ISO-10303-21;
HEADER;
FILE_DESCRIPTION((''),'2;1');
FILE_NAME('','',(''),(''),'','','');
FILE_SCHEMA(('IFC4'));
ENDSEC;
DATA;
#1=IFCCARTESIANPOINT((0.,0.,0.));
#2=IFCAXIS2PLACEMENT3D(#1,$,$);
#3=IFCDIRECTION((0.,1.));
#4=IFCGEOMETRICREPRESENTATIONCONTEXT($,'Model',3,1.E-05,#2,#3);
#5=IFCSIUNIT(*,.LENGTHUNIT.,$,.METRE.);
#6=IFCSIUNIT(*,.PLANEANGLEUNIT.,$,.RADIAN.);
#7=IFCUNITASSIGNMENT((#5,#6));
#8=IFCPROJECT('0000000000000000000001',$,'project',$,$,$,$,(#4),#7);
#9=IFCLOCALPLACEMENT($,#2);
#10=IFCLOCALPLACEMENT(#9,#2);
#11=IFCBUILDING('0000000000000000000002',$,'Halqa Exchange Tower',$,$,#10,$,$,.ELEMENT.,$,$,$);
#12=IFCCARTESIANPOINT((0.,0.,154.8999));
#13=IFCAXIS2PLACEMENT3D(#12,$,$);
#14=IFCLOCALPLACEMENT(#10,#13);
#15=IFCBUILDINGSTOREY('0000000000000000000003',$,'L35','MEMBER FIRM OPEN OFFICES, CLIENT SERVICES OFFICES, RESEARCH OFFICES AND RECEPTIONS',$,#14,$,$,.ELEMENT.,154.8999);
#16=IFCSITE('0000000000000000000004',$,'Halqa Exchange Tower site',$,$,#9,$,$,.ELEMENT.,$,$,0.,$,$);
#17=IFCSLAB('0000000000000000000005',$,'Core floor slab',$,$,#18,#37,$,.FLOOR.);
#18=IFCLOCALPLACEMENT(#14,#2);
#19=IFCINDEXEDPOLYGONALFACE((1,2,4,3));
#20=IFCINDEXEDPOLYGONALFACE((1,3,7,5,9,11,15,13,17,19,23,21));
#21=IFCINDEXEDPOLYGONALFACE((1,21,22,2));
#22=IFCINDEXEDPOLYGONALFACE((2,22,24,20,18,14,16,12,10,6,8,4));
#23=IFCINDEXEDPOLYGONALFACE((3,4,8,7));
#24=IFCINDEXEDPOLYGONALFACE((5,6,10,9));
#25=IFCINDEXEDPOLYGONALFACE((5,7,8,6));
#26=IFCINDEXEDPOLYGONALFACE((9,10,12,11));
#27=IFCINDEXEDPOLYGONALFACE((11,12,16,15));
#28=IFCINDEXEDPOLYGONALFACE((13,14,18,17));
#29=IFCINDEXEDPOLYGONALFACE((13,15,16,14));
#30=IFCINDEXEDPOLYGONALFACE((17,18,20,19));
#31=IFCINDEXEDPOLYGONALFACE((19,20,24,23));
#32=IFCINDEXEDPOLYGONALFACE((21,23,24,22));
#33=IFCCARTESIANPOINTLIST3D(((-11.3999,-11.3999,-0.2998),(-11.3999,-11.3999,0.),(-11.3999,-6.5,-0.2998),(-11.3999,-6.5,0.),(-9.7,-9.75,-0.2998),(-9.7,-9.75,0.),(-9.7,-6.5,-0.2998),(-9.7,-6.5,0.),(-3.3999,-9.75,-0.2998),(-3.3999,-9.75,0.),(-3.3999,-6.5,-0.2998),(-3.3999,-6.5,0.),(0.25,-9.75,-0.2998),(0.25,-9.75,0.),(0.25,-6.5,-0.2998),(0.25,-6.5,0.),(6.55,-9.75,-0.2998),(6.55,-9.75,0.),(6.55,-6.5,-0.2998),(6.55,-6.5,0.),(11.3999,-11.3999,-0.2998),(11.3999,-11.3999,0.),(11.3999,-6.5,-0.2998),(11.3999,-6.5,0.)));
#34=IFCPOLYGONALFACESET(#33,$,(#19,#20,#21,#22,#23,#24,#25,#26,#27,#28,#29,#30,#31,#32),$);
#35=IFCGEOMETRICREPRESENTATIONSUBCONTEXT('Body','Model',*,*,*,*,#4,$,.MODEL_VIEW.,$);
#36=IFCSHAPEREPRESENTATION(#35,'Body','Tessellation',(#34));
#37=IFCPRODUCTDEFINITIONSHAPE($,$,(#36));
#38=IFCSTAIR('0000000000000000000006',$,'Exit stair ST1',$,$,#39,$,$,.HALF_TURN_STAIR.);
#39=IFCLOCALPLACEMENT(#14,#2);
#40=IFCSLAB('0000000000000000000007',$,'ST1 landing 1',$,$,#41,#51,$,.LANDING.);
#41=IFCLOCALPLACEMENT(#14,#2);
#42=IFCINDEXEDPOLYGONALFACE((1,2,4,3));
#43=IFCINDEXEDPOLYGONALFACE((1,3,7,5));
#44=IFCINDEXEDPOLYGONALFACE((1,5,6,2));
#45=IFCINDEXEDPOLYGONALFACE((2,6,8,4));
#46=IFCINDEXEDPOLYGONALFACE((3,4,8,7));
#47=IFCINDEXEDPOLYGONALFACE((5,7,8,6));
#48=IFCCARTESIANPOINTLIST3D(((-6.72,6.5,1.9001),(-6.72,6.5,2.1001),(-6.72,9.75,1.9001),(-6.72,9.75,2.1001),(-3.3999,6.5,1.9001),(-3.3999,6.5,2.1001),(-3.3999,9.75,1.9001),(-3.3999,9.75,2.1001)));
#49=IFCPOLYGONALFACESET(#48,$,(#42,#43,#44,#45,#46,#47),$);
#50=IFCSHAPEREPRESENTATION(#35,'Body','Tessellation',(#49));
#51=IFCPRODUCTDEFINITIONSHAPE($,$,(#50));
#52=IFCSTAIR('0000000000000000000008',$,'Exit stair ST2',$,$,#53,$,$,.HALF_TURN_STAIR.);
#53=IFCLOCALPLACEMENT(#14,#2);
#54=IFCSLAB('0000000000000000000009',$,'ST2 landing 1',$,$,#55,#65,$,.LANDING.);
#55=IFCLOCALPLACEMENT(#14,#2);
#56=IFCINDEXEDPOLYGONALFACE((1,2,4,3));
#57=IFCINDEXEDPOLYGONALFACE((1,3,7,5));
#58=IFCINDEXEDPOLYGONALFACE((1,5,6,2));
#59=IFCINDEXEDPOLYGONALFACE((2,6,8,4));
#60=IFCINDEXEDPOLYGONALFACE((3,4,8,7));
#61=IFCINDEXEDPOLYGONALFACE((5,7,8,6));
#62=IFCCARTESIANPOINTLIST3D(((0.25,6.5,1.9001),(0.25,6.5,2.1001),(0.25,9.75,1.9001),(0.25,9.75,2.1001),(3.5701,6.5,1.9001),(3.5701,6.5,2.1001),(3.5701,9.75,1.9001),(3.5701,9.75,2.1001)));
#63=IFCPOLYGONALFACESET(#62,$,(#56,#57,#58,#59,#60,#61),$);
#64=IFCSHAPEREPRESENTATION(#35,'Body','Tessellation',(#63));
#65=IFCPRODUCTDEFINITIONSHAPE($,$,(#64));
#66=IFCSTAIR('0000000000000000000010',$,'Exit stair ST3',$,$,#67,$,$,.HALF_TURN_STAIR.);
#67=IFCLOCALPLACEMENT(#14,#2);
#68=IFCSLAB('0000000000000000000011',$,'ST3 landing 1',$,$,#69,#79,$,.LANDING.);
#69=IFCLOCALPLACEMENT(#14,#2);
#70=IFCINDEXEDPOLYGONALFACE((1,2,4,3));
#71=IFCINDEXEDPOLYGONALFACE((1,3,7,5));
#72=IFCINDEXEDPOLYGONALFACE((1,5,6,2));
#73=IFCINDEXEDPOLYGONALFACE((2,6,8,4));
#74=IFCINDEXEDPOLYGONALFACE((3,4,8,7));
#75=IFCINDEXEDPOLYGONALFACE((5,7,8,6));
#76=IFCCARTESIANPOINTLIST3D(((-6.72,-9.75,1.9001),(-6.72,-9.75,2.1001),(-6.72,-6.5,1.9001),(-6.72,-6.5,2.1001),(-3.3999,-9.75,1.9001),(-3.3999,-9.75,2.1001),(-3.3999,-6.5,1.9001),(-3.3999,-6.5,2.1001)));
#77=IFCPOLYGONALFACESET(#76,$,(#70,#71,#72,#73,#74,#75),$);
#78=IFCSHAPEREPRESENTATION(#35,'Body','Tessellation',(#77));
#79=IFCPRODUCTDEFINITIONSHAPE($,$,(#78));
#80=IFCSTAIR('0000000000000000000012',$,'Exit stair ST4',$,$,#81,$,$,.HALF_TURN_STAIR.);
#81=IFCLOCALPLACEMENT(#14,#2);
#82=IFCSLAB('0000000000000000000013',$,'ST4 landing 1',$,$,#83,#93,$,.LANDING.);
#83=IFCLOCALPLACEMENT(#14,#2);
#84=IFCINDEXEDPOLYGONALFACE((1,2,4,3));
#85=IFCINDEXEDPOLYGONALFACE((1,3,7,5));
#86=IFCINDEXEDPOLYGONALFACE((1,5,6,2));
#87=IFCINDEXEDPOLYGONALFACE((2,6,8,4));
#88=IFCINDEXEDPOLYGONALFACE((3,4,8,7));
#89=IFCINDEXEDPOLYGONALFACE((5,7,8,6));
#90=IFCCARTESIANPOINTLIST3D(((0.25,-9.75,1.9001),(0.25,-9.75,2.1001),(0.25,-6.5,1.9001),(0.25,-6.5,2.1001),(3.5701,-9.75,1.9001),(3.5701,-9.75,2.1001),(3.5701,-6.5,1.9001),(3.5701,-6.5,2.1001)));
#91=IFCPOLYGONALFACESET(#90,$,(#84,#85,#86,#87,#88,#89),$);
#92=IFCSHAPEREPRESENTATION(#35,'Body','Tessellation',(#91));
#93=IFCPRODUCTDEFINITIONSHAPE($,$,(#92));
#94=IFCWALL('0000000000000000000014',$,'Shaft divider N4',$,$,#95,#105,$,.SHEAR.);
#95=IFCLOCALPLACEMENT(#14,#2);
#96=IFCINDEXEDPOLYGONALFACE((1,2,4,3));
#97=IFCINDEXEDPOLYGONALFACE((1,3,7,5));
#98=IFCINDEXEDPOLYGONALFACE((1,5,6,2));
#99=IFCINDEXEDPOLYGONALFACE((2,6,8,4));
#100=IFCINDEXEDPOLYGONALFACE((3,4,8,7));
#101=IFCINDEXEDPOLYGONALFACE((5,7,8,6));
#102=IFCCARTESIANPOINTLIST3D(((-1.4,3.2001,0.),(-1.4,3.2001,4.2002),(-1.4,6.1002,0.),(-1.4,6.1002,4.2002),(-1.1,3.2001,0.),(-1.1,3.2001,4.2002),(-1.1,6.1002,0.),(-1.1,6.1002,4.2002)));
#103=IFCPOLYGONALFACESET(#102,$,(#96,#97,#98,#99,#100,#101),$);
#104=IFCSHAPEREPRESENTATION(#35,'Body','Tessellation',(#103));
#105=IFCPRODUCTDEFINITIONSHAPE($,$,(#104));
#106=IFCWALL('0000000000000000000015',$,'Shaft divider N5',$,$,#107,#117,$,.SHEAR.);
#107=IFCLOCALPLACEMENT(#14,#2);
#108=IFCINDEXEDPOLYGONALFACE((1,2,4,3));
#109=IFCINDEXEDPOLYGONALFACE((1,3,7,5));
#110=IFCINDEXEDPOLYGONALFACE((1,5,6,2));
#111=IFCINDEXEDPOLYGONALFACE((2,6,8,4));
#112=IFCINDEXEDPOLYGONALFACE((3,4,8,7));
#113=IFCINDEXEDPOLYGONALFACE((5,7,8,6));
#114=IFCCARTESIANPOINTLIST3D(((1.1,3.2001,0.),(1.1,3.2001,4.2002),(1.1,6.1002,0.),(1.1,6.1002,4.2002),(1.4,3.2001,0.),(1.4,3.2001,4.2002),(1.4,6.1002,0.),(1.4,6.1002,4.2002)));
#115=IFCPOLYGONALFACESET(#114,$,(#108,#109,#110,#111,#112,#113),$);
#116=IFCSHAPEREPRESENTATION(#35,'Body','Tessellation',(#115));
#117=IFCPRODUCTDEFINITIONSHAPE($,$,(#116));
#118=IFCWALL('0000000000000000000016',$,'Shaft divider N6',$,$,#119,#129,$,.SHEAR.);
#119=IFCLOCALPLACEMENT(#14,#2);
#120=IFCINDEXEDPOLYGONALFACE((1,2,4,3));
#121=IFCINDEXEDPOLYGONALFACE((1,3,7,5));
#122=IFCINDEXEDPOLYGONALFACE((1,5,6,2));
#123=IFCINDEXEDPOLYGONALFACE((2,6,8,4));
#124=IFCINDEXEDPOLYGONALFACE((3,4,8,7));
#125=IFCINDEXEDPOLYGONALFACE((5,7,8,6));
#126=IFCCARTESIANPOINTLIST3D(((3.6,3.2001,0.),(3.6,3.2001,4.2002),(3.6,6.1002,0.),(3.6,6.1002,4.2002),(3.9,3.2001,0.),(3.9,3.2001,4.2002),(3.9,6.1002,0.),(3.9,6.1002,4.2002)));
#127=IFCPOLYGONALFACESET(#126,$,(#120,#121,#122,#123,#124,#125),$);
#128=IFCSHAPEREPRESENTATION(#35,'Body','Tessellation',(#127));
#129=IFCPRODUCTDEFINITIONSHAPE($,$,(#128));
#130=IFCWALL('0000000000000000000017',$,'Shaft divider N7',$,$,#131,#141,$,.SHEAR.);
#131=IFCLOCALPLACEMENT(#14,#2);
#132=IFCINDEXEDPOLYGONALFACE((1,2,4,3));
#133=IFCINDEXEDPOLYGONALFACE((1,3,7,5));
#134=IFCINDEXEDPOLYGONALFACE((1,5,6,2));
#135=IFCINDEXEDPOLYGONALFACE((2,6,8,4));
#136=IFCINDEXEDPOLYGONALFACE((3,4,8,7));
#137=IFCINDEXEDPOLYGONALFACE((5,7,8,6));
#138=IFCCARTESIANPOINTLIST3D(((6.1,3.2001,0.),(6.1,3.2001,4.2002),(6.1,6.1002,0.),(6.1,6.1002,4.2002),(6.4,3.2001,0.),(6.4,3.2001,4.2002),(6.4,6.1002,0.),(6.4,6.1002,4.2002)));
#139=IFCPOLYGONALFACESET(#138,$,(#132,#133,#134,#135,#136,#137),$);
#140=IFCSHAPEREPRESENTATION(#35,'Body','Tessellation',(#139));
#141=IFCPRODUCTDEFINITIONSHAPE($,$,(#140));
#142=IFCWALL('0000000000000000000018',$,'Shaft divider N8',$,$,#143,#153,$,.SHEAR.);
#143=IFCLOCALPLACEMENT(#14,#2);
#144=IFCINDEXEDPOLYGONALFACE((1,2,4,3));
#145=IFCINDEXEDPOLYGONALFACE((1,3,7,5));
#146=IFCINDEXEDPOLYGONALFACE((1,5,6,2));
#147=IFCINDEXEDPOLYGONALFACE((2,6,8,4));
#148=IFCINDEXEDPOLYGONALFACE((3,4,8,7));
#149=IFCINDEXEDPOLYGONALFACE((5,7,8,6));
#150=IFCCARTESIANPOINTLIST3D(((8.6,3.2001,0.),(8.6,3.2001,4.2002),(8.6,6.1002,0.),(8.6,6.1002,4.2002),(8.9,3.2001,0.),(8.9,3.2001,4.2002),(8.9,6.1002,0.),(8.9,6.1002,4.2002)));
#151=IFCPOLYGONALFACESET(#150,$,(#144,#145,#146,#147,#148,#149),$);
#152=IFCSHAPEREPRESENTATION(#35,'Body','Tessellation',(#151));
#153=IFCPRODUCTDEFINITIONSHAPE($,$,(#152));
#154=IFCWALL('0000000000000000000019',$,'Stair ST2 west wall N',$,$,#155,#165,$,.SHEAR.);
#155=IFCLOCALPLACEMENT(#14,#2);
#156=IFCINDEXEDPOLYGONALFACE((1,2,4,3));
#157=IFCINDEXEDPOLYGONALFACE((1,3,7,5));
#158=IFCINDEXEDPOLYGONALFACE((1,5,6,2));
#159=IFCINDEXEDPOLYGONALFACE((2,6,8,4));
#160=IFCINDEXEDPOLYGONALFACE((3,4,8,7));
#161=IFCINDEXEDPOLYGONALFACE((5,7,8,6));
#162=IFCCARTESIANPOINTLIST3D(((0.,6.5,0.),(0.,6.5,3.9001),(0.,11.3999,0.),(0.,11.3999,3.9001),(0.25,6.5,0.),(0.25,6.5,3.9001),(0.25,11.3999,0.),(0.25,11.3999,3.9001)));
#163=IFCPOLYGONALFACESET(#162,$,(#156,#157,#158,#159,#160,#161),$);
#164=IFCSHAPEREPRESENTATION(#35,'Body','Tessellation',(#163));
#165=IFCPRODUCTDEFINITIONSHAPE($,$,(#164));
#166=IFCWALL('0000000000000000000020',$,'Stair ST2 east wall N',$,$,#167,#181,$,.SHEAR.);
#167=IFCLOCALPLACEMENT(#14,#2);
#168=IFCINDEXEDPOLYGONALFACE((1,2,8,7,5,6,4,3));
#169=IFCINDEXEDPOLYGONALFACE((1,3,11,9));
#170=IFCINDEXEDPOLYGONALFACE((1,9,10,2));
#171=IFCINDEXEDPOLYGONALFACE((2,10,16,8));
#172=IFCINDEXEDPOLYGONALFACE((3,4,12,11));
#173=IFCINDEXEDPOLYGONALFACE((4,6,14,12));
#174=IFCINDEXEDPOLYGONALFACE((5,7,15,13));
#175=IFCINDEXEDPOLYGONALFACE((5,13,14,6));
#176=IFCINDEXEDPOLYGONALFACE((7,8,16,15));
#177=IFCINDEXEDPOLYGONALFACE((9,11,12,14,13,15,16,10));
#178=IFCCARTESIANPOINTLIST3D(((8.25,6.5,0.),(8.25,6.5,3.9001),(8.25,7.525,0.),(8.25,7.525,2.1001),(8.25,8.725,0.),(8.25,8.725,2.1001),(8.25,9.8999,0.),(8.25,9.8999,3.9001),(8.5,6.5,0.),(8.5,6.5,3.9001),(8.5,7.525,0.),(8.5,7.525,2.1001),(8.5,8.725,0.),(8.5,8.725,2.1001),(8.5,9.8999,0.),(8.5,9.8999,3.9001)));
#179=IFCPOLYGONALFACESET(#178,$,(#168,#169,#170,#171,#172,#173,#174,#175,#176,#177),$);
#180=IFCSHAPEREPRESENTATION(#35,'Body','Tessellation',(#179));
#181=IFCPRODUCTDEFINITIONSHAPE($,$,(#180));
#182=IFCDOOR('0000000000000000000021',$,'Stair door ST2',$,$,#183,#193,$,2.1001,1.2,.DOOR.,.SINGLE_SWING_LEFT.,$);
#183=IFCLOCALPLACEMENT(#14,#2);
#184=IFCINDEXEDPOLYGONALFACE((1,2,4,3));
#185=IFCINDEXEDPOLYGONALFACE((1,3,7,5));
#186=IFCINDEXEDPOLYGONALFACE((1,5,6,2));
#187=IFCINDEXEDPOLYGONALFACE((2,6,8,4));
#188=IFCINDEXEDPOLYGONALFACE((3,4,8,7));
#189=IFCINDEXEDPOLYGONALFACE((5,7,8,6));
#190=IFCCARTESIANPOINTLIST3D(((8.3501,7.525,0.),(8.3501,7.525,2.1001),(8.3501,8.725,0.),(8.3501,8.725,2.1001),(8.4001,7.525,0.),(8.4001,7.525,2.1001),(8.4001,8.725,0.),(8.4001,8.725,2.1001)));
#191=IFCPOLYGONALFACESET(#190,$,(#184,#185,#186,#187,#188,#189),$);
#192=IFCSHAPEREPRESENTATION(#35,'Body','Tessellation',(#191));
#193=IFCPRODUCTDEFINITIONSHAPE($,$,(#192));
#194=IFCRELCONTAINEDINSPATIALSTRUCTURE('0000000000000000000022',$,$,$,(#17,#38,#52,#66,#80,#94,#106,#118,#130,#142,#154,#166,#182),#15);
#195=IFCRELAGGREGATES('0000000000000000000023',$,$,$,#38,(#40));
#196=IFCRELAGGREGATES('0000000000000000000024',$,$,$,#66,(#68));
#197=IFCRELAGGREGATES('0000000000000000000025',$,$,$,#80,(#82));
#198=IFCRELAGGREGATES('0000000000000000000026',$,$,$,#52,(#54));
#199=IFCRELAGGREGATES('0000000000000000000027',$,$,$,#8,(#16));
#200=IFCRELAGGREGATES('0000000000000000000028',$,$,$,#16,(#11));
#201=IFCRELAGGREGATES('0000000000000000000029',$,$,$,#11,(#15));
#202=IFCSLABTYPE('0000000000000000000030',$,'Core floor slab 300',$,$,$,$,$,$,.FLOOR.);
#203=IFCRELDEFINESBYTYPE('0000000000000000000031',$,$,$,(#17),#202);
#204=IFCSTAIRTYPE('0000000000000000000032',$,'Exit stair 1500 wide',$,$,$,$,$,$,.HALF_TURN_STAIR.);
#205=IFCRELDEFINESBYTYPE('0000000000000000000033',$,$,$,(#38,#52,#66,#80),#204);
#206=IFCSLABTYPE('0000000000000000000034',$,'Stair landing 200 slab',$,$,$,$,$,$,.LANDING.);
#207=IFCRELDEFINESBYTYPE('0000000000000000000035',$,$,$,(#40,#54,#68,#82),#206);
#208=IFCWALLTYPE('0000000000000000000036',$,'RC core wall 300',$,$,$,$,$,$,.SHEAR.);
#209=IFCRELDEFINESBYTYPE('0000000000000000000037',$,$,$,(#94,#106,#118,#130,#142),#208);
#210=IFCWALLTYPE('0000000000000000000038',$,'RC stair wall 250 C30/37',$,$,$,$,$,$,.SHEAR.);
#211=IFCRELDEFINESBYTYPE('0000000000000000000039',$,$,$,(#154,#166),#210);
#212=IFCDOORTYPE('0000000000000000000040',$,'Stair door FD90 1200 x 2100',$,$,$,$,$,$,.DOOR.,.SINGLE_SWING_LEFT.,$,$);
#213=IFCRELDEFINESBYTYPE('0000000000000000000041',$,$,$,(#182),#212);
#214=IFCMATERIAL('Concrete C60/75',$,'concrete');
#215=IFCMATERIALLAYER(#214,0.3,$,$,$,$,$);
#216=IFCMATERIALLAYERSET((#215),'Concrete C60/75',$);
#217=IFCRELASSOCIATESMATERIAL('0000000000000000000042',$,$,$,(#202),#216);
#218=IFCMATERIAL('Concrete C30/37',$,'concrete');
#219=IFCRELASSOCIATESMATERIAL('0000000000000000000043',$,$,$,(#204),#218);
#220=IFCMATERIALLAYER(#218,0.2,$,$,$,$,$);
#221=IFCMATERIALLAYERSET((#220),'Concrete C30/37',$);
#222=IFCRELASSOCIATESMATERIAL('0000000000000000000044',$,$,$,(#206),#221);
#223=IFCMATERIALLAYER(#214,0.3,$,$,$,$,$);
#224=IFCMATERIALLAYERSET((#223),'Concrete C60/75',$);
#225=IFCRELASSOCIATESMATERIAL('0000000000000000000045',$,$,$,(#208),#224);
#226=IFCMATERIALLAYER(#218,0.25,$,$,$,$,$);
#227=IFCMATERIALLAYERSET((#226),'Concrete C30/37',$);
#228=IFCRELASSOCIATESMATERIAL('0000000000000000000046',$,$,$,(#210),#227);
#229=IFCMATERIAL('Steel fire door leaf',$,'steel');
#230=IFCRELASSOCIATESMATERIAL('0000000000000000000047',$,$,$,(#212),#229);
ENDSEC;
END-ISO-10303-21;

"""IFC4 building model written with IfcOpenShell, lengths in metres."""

from ifc_helpers import new_model, si_unit, direction, frame, frame_2d, origin, place, context, subcontext, project, spatial, polyline, rectangle, outline, extrude, material, layer, layer_set, type_object, element, fill, aggregate, save


model = new_model("IFC4")

# Units and contexts
model_context = context("Model", 3, precision=1e-05, world=origin(), true_north=direction((0.0, 1.0)))
body_context = subcontext(model_context, "Body", "Model", "MODEL_VIEW")
ifc_project = project(units=[si_unit("LENGTHUNIT", "METRE"), si_unit("PLANEANGLEUNIT", "RADIAN")], contexts=[model_context])

# Site, building, storey
site_placement = place(None, origin())
site = spatial("IfcSite", under=ifc_project, at=site_placement, Name="Halqa Exchange Tower site", CompositionType="ELEMENT", RefElevation=0.0)
building_placement = place(site_placement, origin())
building = spatial("IfcBuilding", under=site, at=building_placement, Name="Halqa Exchange Tower", CompositionType="ELEMENT")
storey_placement = place(building_placement, frame((0.0, 0.0, 154.8999)))
storey = spatial("IfcBuildingStorey", under=building, at=storey_placement, Name="L35", Description="MEMBER FIRM OPEN OFFICES, CLIENT SERVICES OFFICES, RESEARCH OFFICES AND RECEPTIONS", CompositionType="ELEMENT", Elevation=154.8999)

# Slab
ifc_material_1 = material(Name="Concrete C60/75", Category="concrete")
ifc_layer_1 = layer(ifc_material_1, 0.3)
ifc_layer_set_1 = layer_set([ifc_layer_1], Name="Concrete C60/75")
slab_type_1 = type_object("IfcSlabType", Name="Core floor slab 300", PredefinedType="FLOOR", material=ifc_layer_set_1)
slab_1_placement = place(storey_placement, frame((0.0, 0.0, -0.2998)))
element("IfcSlab", 1, at=slab_1_placement, inside=storey, type_object=slab_type_1, Name="Core floor slab", PredefinedType="FLOOR", context=body_context, shape_type="SweptSolid", body=[
    extrude(outline(polyline([(-9.7, -9.75), (-3.3999, -9.75), (-3.3999, -6.5), (0.25, -6.5), (0.25, -9.75), (6.55, -9.75), (6.55, -6.5), (11.3999, -6.5), (11.3999, -11.3999), (-11.3999, -11.3999), (-11.3999, -6.5), (-9.7, -6.5), (-9.7, -9.75)])), origin(), (0.0, 0.0, 1.0), 0.2998),
])

# Stairs, slabs
ifc_material_2 = material(Name="Concrete C30/37", Category="concrete")
stair_type = type_object("IfcStairType", Name="Exit stair 1500 wide", PredefinedType="HALF_TURN_STAIR", material=ifc_material_2)
stair_1_placement = place(storey_placement, origin())
stair_1 = element("IfcStair", 2, at=stair_1_placement, inside=storey, type_object=stair_type, Name="Exit stair ST1", PredefinedType="HALF_TURN_STAIR")
ifc_layer_2 = layer(ifc_material_2, 0.2)
ifc_layer_set_2 = layer_set([ifc_layer_2], Name="Concrete C30/37")
slab_type_2 = type_object("IfcSlabType", Name="Stair landing 200 slab", PredefinedType="LANDING", material=ifc_layer_set_2)
slab_2_placement = place(storey_placement, frame((0.0, 0.0, 1.9001)))
slab_2 = element("IfcSlab", 3, at=slab_2_placement, type_object=slab_type_2, Name="ST1 landing 1", PredefinedType="LANDING", context=body_context, shape_type="SweptSolid", body=[
    extrude(outline(polyline([(-6.72, 6.5), (-3.3999, 6.5), (-3.3999, 9.75), (-6.72, 9.75), (-6.72, 6.5)])), origin(), (0.0, 0.0, 1.0), 0.2),
])
aggregate(stair_1, [slab_2])
stair_2_placement = place(storey_placement, origin())
stair_2 = element("IfcStair", 4, at=stair_2_placement, inside=storey, type_object=stair_type, Name="Exit stair ST2", PredefinedType="HALF_TURN_STAIR")
slab_3_placement = place(storey_placement, frame((0.0, 0.0, 1.9001)))
slab_3 = element("IfcSlab", 5, at=slab_3_placement, type_object=slab_type_2, Name="ST2 landing 1", PredefinedType="LANDING", context=body_context, shape_type="SweptSolid", body=[
    extrude(outline(polyline([(0.25, 6.5), (3.5701, 6.5), (3.5701, 9.75), (0.25, 9.75), (0.25, 6.5)])), origin(), (0.0, 0.0, 1.0), 0.2),
])
stair_3_placement = place(storey_placement, origin())
stair_3 = element("IfcStair", 6, at=stair_3_placement, inside=storey, type_object=stair_type, Name="Exit stair ST3", PredefinedType="HALF_TURN_STAIR")
slab_4_placement = place(storey_placement, frame((0.0, 0.0, 1.9001)))
slab_4 = element("IfcSlab", 7, at=slab_4_placement, type_object=slab_type_2, Name="ST3 landing 1", PredefinedType="LANDING", context=body_context, shape_type="SweptSolid", body=[
    extrude(outline(polyline([(-6.72, -9.75), (-3.3999, -9.75), (-3.3999, -6.5), (-6.72, -6.5), (-6.72, -9.75)])), origin(), (0.0, 0.0, 1.0), 0.2),
])
aggregate(stair_3, [slab_4])
stair_4_placement = place(storey_placement, origin())
stair_4 = element("IfcStair", 8, at=stair_4_placement, inside=storey, type_object=stair_type, Name="Exit stair ST4", PredefinedType="HALF_TURN_STAIR")
slab_5_placement = place(storey_placement, frame((0.0, 0.0, 1.9001)))
slab_5 = element("IfcSlab", 9, at=slab_5_placement, type_object=slab_type_2, Name="ST4 landing 1", PredefinedType="LANDING", context=body_context, shape_type="SweptSolid", body=[
    extrude(outline(polyline([(0.25, -9.75), (3.5701, -9.75), (3.5701, -6.5), (0.25, -6.5), (0.25, -9.75)])), origin(), (0.0, 0.0, 1.0), 0.2),
])
aggregate(stair_4, [slab_5])

# Walls
ifc_layer_3 = layer(ifc_material_1, 0.3)
ifc_layer_set_3 = layer_set([ifc_layer_3], Name="Concrete C60/75")
wall_type_1 = type_object("IfcWallType", Name="RC core wall 300", PredefinedType="SHEAR", material=ifc_layer_set_3)
for number, where, z_axis, x_axis, name in (
    (10, (-1.25, 3.2, 0.0), (0.0, 0.0, 1.0), (0.0, 1.0, 0.0), "Shaft divider N4"),
    (11, (1.25, 3.2, 0.0), (0.0, 0.0, 1.0), (0.0, 1.0, 0.0), "Shaft divider N5"),
    (12, (3.75, 3.2, 0.0), (0.0, 0.0, 1.0), (0.0, 1.0, 0.0), "Shaft divider N6"),
    (13, (6.25, 3.2, 0.0), (0.0, 0.0, 1.0), (0.0, 1.0, 0.0), "Shaft divider N7"),
    (14, (8.75, 3.2, 0.0), (0.0, 0.0, 1.0), (0.0, 1.0, 0.0), "Shaft divider N8"),
):
    element("IfcWall", number, at=place(storey_placement, frame(where, z_axis=z_axis, x_axis=x_axis)), inside=storey, type_object=wall_type_1, Name=name, PredefinedType="SHEAR", context=body_context, shape_type="SweptSolid", body=[
        extrude(rectangle(XDim=2.9001, YDim=0.3, at=frame_2d((1.4502, 0.0))), origin(), (0.0, 0.0, 1.0), 4.2002),
    ])
ifc_layer_4 = layer(ifc_material_2, 0.25)
ifc_layer_set_4 = layer_set([ifc_layer_4], Name="Concrete C30/37")
wall_type_2 = type_object("IfcWallType", Name="RC stair wall 250 C30/37", PredefinedType="SHEAR", material=ifc_layer_set_4)
wall_1_placement = place(storey_placement, frame((0.125, 6.5, 0.0), z_axis=(0.0, 0.0, 1.0), x_axis=(0.0, 1.0, 0.0)))
element("IfcWall", 15, at=wall_1_placement, inside=storey, type_object=wall_type_2, Name="Stair ST2 west wall N", PredefinedType="SHEAR", context=body_context, shape_type="SweptSolid", body=[
    extrude(rectangle(XDim=4.8999, YDim=0.25, at=frame_2d((2.45, 0.0))), origin(), (0.0, 0.0, 1.0), 3.9001),
])

# Wall, opening, door
wall_2_placement = place(storey_placement, frame((8.375, 6.5, 0.0), z_axis=(0.0, 0.0, 1.0), x_axis=(0.0, 1.0, 0.0)))
wall_2 = element("IfcWall", 16, at=wall_2_placement, inside=storey, type_object=wall_type_2, Name="Stair ST2 east wall N", PredefinedType="SHEAR", context=body_context, shape_type="SweptSolid", body=[
    extrude(rectangle(XDim=3.3999, YDim=0.25, at=frame_2d((1.7, 0.0))), origin(), (0.0, 0.0, 1.0), 3.9001),
])
opening_placement = place(wall_2_placement, frame((1.0249, 0.0, 0.0)))
opening = element("IfcOpeningElement", 17, at=opening_placement, cuts=wall_2, PredefinedType="OPENING", context=body_context, shape_type="SweptSolid", body=[
    extrude(rectangle(XDim=1.2, YDim=2.1001, at=frame_2d((0.6001, 1.05))), frame((0.0, 0.137, 0.0), z_axis=(0.0, -1.0, 0.0), x_axis=(1.0, 0.0, 0.0)), (0.0, 0.0, 1.0), 0.2739),
])
ifc_material_3 = material(Name="Steel fire door leaf", Category="steel")
door_type = type_object("IfcDoorType", Name="Stair door FD90 1200 x 2100", OperationType="SINGLE_SWING_LEFT", PredefinedType="DOOR", material=ifc_material_3)
door_placement = place(opening_placement, origin())
door = element("IfcDoor", 18, at=door_placement, inside=storey, type_object=door_type, Name="Stair door ST2", OperationType="SINGLE_SWING_LEFT", OverallHeight=2.1001, OverallWidth=1.2, PredefinedType="DOOR", context=body_context, shape_type="SweptSolid", body=[
    extrude(rectangle(XDim=1.2, YDim=2.1001, at=frame_2d((0.6001, 1.05))), frame((0.0, 0.0249, 0.0), z_axis=(0.0, -1.0, 0.0), x_axis=(1.0, 0.0, 0.0)), (0.0, 0.0, 1.0), 0.05),
])
fill(opening, door)

aggregate(stair_2, [slab_3])

save(model, "model.ifc")
